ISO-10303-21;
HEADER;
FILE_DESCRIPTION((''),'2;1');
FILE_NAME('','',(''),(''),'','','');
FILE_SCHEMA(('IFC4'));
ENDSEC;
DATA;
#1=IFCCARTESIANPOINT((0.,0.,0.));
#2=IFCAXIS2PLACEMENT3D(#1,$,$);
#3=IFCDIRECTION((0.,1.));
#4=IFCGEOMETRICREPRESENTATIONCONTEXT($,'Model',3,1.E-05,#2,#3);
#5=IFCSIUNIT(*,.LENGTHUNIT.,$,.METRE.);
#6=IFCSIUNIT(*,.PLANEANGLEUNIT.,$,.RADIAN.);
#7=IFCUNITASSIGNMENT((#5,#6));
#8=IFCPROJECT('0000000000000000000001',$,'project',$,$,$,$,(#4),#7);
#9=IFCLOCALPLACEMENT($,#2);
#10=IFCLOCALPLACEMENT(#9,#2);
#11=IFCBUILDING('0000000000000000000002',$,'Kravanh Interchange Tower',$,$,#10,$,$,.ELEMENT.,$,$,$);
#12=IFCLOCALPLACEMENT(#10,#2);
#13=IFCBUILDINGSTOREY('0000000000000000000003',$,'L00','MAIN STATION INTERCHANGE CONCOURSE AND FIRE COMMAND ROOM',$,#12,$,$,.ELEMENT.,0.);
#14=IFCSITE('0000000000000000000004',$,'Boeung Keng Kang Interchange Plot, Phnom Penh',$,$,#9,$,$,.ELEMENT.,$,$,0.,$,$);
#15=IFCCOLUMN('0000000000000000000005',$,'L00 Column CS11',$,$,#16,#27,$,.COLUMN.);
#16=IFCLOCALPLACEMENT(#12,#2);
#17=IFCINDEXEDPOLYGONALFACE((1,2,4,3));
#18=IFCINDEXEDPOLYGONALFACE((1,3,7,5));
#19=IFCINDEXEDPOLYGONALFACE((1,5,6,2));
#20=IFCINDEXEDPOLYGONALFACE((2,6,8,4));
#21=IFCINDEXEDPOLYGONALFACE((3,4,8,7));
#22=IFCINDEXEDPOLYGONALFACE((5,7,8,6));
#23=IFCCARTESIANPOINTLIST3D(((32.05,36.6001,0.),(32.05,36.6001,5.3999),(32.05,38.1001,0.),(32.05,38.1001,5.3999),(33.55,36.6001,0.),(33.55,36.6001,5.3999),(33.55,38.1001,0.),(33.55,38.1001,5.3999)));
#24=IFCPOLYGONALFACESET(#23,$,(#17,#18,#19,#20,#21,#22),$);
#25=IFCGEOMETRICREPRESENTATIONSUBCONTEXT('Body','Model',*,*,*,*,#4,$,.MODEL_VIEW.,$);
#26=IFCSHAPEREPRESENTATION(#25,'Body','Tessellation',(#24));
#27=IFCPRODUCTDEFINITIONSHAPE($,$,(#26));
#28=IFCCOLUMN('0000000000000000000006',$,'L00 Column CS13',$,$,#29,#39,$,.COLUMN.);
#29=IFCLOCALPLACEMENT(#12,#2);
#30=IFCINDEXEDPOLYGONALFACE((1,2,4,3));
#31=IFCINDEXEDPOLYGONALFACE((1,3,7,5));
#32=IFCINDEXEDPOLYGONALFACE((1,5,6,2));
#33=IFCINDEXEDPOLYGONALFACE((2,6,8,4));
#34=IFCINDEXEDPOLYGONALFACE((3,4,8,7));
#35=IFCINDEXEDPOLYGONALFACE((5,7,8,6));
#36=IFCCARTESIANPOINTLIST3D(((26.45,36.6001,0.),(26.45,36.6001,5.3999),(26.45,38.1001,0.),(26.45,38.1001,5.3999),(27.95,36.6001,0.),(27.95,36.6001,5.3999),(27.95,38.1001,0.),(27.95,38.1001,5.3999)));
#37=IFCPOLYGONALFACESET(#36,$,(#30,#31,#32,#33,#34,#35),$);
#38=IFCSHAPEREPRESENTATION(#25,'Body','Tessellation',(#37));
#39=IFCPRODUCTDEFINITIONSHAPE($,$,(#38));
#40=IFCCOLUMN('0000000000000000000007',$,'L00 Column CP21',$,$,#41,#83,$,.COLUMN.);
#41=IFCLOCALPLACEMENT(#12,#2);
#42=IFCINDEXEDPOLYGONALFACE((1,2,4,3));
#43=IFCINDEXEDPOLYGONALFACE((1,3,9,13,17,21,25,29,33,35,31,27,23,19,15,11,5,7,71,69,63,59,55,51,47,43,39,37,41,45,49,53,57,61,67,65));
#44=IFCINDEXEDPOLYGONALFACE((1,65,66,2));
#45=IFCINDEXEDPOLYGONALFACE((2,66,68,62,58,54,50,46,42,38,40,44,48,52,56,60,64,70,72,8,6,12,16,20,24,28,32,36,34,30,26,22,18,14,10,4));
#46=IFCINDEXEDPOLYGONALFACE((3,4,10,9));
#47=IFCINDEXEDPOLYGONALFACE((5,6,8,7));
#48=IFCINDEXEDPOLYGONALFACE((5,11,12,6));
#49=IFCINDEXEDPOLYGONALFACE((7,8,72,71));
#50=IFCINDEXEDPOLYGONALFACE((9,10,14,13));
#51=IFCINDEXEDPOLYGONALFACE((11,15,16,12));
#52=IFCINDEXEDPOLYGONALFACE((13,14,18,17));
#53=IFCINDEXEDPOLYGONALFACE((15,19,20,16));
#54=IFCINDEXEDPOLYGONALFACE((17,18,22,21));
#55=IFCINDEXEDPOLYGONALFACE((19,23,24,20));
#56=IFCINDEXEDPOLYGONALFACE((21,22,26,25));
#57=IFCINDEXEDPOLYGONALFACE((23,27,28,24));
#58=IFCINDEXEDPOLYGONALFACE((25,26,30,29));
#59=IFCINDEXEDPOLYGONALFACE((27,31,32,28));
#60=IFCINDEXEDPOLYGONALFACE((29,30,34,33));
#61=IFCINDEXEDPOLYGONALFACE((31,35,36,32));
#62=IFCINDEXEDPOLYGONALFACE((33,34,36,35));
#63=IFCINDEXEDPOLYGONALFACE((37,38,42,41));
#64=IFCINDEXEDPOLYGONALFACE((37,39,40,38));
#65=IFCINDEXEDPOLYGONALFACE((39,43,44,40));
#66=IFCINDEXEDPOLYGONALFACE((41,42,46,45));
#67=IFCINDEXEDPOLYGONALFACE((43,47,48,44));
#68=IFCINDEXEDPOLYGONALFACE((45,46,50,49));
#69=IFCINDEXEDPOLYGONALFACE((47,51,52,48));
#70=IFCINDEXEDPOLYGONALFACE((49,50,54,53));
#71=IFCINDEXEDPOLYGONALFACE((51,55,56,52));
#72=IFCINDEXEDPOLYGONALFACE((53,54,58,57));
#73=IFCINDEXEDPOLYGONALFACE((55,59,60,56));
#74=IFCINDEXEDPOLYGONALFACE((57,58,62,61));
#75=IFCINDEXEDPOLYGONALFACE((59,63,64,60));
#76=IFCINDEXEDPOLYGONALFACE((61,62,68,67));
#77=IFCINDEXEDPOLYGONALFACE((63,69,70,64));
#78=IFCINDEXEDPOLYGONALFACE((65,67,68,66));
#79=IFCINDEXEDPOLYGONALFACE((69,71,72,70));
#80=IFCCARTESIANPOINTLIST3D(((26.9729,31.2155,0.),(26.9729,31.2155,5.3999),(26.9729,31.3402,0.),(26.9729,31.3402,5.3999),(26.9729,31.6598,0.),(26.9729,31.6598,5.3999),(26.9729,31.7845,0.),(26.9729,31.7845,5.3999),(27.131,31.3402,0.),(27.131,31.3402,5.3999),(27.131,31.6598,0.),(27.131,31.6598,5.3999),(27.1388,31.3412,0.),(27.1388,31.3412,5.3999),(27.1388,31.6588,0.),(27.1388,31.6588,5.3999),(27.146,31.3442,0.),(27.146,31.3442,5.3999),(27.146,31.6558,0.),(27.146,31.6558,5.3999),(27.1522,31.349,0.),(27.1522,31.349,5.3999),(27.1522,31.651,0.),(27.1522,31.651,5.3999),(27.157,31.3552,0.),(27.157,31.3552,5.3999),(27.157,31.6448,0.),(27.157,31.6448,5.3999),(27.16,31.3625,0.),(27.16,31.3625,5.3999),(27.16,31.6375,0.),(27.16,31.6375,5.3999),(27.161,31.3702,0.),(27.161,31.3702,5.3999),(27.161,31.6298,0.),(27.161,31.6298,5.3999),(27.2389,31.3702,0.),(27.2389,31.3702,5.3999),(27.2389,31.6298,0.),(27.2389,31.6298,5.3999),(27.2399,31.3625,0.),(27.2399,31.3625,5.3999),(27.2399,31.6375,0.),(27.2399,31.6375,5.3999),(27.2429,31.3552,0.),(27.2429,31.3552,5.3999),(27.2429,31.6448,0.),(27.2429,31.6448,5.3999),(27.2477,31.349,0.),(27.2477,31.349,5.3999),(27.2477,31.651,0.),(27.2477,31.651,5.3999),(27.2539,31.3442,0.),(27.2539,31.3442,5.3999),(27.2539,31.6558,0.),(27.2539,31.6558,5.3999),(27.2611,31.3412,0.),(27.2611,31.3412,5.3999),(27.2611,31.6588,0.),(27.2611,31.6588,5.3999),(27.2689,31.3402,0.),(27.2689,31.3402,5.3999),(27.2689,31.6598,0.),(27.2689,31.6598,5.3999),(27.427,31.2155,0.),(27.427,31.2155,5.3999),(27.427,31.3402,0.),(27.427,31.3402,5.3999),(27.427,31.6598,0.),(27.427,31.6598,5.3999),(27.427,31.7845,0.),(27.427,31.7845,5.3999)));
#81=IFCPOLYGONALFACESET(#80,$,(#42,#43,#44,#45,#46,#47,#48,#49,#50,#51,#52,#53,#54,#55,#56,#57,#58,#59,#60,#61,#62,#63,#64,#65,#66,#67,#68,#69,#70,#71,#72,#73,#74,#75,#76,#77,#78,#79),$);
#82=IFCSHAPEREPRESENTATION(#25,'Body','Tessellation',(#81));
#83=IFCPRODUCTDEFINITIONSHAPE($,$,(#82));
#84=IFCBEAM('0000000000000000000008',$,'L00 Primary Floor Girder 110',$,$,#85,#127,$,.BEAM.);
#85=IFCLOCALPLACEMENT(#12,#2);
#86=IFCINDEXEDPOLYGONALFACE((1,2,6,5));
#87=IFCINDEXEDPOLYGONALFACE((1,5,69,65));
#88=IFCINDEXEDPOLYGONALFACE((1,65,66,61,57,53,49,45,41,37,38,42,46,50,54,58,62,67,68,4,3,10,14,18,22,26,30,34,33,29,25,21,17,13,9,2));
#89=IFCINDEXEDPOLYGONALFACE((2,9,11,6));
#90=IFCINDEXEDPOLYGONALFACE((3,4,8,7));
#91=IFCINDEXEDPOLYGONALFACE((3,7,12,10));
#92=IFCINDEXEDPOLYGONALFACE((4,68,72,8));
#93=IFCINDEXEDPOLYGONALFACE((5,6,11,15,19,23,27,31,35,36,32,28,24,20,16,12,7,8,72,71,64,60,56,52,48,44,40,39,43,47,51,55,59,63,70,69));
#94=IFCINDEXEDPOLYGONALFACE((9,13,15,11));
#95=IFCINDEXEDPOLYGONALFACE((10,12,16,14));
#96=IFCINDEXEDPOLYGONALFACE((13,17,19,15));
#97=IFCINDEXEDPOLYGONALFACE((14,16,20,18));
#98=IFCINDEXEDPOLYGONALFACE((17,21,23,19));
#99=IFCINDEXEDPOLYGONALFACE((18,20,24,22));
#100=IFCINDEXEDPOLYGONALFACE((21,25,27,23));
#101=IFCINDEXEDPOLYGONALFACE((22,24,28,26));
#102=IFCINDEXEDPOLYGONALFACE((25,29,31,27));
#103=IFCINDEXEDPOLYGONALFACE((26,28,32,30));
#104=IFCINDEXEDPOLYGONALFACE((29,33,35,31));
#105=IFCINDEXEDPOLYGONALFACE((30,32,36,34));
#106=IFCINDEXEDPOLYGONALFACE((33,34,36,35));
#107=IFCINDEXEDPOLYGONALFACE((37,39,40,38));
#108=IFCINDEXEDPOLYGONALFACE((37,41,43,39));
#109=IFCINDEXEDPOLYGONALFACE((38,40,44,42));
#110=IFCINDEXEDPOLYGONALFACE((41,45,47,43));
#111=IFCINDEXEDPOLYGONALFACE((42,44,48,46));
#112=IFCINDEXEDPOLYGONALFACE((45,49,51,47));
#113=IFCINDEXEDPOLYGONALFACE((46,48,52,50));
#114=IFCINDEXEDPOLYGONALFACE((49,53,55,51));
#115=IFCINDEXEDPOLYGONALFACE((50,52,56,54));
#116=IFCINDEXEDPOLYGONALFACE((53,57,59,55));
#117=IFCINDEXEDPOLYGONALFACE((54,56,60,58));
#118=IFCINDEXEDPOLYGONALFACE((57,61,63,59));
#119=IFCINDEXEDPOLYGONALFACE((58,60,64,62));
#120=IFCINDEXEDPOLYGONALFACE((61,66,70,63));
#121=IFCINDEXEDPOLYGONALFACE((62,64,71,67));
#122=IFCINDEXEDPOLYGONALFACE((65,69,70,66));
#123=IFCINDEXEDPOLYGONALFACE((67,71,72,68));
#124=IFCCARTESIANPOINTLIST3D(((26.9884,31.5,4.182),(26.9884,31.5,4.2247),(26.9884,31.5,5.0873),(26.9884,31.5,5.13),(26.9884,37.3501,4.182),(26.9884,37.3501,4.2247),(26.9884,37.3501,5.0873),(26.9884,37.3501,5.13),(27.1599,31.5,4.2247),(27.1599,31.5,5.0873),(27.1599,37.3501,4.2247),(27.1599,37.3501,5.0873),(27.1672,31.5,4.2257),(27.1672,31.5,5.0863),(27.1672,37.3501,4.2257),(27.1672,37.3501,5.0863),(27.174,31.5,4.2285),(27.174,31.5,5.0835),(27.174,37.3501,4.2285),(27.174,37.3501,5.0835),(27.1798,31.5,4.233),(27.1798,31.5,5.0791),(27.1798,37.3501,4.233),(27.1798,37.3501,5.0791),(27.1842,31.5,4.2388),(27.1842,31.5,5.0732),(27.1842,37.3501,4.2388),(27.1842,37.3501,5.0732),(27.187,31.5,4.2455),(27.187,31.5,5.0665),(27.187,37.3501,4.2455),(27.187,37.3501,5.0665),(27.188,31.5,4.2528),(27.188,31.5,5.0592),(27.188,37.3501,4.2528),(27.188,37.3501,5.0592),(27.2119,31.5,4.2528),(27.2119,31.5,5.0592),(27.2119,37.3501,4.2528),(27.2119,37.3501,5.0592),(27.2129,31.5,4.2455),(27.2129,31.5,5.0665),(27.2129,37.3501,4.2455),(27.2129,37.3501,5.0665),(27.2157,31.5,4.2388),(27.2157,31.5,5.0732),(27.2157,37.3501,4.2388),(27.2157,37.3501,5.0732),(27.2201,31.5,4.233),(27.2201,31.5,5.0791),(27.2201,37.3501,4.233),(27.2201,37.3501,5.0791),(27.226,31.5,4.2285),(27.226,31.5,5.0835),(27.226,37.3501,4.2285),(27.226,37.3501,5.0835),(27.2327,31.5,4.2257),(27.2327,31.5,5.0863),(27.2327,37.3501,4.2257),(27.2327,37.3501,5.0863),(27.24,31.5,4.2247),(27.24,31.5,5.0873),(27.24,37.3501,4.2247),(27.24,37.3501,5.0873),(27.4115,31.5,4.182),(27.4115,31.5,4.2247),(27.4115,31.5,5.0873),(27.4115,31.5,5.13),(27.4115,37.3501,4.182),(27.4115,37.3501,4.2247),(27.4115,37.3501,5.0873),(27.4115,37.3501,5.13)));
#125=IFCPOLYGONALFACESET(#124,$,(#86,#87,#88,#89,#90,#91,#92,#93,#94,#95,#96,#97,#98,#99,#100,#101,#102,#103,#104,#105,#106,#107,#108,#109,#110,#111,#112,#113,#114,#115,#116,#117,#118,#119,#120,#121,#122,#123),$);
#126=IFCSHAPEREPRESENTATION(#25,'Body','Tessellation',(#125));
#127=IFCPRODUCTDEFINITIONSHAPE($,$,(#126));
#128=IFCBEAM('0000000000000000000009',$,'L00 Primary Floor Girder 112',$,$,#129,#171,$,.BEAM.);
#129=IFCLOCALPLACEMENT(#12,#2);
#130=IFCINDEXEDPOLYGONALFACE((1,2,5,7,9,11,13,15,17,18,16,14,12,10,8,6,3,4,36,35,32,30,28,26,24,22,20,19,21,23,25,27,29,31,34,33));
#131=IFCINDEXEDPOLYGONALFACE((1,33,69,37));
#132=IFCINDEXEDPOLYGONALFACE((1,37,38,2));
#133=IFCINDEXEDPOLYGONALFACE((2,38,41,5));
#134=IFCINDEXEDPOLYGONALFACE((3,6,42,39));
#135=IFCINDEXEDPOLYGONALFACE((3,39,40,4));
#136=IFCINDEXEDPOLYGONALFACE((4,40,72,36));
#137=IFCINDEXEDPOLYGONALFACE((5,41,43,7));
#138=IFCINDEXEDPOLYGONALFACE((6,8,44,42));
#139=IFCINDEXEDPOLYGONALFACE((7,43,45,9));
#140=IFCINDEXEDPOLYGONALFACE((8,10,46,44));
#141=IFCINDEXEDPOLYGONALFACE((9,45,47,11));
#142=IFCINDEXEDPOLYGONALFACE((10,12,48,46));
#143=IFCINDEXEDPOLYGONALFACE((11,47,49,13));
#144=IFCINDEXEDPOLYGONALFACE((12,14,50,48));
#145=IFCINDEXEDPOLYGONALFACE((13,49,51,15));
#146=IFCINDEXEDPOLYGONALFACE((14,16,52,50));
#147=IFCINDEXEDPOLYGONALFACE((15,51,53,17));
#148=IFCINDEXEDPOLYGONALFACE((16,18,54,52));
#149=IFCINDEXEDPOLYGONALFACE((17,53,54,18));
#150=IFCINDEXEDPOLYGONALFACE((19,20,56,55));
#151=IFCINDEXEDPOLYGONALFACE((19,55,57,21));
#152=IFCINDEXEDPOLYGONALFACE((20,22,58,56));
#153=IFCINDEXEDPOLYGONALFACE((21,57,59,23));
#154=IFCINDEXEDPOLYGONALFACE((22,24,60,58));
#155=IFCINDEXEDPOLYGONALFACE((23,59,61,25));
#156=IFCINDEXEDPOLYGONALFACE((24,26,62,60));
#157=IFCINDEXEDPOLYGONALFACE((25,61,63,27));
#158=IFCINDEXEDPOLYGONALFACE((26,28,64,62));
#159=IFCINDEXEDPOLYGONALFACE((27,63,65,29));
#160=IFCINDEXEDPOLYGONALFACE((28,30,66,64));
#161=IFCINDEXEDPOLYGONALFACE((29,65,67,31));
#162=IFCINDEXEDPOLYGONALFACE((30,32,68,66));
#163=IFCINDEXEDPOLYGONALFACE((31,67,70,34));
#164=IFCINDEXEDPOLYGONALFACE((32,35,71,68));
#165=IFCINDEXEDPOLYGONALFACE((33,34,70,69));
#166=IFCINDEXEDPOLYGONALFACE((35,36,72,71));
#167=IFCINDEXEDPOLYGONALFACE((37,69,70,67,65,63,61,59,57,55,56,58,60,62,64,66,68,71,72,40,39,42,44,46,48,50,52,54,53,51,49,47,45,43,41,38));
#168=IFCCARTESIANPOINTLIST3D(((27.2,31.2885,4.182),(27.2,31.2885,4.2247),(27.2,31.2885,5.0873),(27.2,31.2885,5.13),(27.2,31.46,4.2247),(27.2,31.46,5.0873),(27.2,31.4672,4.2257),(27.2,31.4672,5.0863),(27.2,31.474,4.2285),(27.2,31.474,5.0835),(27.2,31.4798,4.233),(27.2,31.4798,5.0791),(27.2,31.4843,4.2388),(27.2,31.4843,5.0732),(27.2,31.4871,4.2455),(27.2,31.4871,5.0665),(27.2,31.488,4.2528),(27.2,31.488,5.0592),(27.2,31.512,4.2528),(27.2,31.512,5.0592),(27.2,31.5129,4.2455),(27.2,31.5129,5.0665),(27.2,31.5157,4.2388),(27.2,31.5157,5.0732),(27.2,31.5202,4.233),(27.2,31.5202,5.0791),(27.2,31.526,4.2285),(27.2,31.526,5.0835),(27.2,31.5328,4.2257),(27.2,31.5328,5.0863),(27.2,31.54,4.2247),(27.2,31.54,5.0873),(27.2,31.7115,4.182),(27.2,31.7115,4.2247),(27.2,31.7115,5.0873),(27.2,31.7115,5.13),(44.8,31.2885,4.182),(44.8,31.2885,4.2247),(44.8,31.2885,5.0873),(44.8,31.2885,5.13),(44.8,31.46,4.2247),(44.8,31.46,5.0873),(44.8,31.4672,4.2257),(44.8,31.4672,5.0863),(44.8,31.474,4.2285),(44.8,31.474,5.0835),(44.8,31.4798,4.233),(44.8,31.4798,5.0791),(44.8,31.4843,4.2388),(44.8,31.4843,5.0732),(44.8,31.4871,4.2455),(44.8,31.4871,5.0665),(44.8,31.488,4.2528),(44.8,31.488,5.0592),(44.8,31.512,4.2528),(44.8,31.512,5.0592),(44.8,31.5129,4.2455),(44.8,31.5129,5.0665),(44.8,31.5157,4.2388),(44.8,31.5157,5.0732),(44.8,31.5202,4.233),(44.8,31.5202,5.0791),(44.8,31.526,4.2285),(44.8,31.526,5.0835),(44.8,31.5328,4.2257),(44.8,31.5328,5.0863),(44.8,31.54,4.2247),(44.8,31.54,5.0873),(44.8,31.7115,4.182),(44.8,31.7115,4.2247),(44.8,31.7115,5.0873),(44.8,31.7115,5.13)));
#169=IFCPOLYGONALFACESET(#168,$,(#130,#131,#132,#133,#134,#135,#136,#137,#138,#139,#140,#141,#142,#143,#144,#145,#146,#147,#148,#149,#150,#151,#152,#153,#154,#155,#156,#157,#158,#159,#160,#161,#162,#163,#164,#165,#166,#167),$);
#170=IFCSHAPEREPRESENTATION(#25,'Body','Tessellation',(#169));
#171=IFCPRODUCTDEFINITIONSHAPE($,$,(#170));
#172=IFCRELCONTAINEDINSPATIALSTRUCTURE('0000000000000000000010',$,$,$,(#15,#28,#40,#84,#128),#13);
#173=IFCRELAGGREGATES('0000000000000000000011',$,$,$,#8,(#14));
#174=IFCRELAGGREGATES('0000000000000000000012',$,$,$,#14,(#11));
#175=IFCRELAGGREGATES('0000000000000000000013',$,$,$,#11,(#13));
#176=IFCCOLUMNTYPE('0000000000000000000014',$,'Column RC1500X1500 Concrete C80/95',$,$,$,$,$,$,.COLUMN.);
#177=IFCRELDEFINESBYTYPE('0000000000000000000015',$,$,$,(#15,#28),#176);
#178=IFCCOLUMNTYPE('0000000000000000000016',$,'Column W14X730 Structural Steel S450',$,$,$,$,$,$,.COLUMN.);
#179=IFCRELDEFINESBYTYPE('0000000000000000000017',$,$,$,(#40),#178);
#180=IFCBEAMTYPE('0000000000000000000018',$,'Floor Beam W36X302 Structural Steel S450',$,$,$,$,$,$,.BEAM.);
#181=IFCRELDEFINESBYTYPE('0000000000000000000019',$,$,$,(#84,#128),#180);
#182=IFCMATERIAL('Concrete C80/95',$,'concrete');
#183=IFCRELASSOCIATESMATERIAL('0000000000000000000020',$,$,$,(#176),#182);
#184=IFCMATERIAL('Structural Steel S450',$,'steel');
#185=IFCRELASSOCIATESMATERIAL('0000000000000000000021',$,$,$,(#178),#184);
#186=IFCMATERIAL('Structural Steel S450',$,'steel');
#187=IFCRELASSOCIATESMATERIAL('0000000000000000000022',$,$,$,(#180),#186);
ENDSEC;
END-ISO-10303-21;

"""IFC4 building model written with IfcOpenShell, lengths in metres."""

from ifc_helpers import new_model, si_unit, direction, frame, origin, origin_2d, place, context, subcontext, project, spatial, rectangle, i_section, extrude, material, material_profile, profile_set, type_object, element, save


model = new_model("IFC4")

# Units and contexts
model_context = context("Model", 3, precision=1e-05, world=origin(), true_north=direction((0.0, 1.0)))
body_context = subcontext(model_context, "Body", "Model", "MODEL_VIEW")
ifc_project = project(units=[si_unit("LENGTHUNIT", "METRE"), si_unit("PLANEANGLEUNIT", "RADIAN")], contexts=[model_context])

# Site, building, storey
site_placement = place(None, origin())
site = spatial("IfcSite", under=ifc_project, at=site_placement, Name="Boeung Keng Kang Interchange Plot, Phnom Penh", CompositionType="ELEMENT", RefElevation=0.0)
building_placement = place(site_placement, origin())
building = spatial("IfcBuilding", under=site, at=building_placement, Name="Kravanh Interchange Tower", CompositionType="ELEMENT")
storey_placement = place(building_placement, origin())
storey = spatial("IfcBuildingStorey", under=building, at=storey_placement, Name="L00", Description="MAIN STATION INTERCHANGE CONCOURSE AND FIRE COMMAND ROOM", CompositionType="ELEMENT", Elevation=0.0)

# Columns
ifc_material_1 = material(Name="Concrete C80/95", Category="concrete")
ifc_material_profile_1 = material_profile(ifc_material_1, rectangle(XDim=1.5, YDim=1.5, at=origin_2d()), Name="RC1500X1500")
ifc_profile_set_1 = profile_set([ifc_material_profile_1], Name="Concrete C80/95")
column_type_1 = type_object("IfcColumnType", Name="Column RC1500X1500 Concrete C80/95", PredefinedType="COLUMN", material=ifc_profile_set_1)
for number, where, z_axis, x_axis, name in (
    (1, (32.8, 37.3501, 0.0), (0.0, 0.0, 1.0), (1.0, 0.0, 0.0), "L00 Column CS11"),
    (2, (27.2, 37.3501, 0.0), (0.0, 0.0, 1.0), (1.0, 0.0, 0.0), "L00 Column CS13"),
):
    element("IfcColumn", number, at=place(storey_placement, frame(where, z_axis=z_axis, x_axis=x_axis)), inside=storey, type_object=column_type_1, Name=name, PredefinedType="COLUMN", context=body_context, shape_type="SweptSolid", body=[
        extrude(rectangle(XDim=1.5, YDim=1.5, at=origin_2d()), origin(), (0.0, 0.0, 1.0), 5.3999),
    ])
ifc_material_2 = material(Name="Structural Steel S450", Category="steel")
ifc_material_profile_2 = material_profile(ifc_material_2, i_section(OverallWidth=0.4541, OverallDepth=0.5691, WebThickness=0.0779, FlangeThickness=0.1248, FilletRadius=0.03, at=origin_2d()), Name="W14X730")
ifc_profile_set_2 = profile_set([ifc_material_profile_2], Name="Structural Steel S450")
column_type_2 = type_object("IfcColumnType", Name="Column W14X730 Structural Steel S450", PredefinedType="COLUMN", material=ifc_profile_set_2)
column_placement = place(storey_placement, frame((27.2, 31.5, 0.0), z_axis=(0.0, 0.0, 1.0), x_axis=(1.0, 0.0, 0.0)))
element("IfcColumn", 3, at=column_placement, inside=storey, type_object=column_type_2, Name="L00 Column CP21", PredefinedType="COLUMN", context=body_context, shape_type="SweptSolid", body=[
    extrude(i_section(OverallWidth=0.4541, OverallDepth=0.5691, WebThickness=0.0779, FlangeThickness=0.1248, FilletRadius=0.03, at=origin_2d()), origin(), (0.0, 0.0, 1.0), 5.3999),
])

# Beams
ifc_material_3 = material(Name="Structural Steel S450", Category="steel")
ifc_material_profile_3 = material_profile(ifc_material_3, i_section(OverallWidth=0.4231, OverallDepth=0.948, WebThickness=0.0239, FlangeThickness=0.0427, FilletRadius=0.0281, at=origin_2d()), Name="W36X302")
ifc_profile_set_3 = profile_set([ifc_material_profile_3], Name="Structural Steel S450")
beam_type_1 = type_object("IfcBeamType", Name="Floor Beam W36X302 Structural Steel S450", PredefinedType="BEAM", material=ifc_profile_set_3)
beam_1_placement = place(storey_placement, frame((27.2, 31.5, 4.656), z_axis=(0.0, 1.0, 0.0), x_axis=(-1.0, 0.0, 0.0)))
element("IfcBeam", 4, at=beam_1_placement, inside=storey, type_object=beam_type_1, Name="L00 Primary Floor Girder 110", PredefinedType="BEAM", context=body_context, shape_type="SweptSolid", body=[
    extrude(i_section(OverallWidth=0.4231, OverallDepth=0.948, WebThickness=0.0239, FlangeThickness=0.0427, FilletRadius=0.0281, at=origin_2d()), origin(), (0.0, 0.0, 1.0), 5.8501),
])
beam_2_placement = place(storey_placement, frame((27.2, 31.5, 4.656), z_axis=(1.0, 0.0, 0.0), x_axis=(0.0, 1.0, 0.0)))
element("IfcBeam", 5, at=beam_2_placement, inside=storey, type_object=beam_type_1, Name="L00 Primary Floor Girder 112", PredefinedType="BEAM", context=body_context, shape_type="SweptSolid", body=[
    extrude(i_section(OverallWidth=0.4231, OverallDepth=0.948, WebThickness=0.0239, FlangeThickness=0.0427, FilletRadius=0.0281, at=origin_2d()), origin(), (0.0, 0.0, 1.0), 17.6001),
])

save(model, "model.ifc")
